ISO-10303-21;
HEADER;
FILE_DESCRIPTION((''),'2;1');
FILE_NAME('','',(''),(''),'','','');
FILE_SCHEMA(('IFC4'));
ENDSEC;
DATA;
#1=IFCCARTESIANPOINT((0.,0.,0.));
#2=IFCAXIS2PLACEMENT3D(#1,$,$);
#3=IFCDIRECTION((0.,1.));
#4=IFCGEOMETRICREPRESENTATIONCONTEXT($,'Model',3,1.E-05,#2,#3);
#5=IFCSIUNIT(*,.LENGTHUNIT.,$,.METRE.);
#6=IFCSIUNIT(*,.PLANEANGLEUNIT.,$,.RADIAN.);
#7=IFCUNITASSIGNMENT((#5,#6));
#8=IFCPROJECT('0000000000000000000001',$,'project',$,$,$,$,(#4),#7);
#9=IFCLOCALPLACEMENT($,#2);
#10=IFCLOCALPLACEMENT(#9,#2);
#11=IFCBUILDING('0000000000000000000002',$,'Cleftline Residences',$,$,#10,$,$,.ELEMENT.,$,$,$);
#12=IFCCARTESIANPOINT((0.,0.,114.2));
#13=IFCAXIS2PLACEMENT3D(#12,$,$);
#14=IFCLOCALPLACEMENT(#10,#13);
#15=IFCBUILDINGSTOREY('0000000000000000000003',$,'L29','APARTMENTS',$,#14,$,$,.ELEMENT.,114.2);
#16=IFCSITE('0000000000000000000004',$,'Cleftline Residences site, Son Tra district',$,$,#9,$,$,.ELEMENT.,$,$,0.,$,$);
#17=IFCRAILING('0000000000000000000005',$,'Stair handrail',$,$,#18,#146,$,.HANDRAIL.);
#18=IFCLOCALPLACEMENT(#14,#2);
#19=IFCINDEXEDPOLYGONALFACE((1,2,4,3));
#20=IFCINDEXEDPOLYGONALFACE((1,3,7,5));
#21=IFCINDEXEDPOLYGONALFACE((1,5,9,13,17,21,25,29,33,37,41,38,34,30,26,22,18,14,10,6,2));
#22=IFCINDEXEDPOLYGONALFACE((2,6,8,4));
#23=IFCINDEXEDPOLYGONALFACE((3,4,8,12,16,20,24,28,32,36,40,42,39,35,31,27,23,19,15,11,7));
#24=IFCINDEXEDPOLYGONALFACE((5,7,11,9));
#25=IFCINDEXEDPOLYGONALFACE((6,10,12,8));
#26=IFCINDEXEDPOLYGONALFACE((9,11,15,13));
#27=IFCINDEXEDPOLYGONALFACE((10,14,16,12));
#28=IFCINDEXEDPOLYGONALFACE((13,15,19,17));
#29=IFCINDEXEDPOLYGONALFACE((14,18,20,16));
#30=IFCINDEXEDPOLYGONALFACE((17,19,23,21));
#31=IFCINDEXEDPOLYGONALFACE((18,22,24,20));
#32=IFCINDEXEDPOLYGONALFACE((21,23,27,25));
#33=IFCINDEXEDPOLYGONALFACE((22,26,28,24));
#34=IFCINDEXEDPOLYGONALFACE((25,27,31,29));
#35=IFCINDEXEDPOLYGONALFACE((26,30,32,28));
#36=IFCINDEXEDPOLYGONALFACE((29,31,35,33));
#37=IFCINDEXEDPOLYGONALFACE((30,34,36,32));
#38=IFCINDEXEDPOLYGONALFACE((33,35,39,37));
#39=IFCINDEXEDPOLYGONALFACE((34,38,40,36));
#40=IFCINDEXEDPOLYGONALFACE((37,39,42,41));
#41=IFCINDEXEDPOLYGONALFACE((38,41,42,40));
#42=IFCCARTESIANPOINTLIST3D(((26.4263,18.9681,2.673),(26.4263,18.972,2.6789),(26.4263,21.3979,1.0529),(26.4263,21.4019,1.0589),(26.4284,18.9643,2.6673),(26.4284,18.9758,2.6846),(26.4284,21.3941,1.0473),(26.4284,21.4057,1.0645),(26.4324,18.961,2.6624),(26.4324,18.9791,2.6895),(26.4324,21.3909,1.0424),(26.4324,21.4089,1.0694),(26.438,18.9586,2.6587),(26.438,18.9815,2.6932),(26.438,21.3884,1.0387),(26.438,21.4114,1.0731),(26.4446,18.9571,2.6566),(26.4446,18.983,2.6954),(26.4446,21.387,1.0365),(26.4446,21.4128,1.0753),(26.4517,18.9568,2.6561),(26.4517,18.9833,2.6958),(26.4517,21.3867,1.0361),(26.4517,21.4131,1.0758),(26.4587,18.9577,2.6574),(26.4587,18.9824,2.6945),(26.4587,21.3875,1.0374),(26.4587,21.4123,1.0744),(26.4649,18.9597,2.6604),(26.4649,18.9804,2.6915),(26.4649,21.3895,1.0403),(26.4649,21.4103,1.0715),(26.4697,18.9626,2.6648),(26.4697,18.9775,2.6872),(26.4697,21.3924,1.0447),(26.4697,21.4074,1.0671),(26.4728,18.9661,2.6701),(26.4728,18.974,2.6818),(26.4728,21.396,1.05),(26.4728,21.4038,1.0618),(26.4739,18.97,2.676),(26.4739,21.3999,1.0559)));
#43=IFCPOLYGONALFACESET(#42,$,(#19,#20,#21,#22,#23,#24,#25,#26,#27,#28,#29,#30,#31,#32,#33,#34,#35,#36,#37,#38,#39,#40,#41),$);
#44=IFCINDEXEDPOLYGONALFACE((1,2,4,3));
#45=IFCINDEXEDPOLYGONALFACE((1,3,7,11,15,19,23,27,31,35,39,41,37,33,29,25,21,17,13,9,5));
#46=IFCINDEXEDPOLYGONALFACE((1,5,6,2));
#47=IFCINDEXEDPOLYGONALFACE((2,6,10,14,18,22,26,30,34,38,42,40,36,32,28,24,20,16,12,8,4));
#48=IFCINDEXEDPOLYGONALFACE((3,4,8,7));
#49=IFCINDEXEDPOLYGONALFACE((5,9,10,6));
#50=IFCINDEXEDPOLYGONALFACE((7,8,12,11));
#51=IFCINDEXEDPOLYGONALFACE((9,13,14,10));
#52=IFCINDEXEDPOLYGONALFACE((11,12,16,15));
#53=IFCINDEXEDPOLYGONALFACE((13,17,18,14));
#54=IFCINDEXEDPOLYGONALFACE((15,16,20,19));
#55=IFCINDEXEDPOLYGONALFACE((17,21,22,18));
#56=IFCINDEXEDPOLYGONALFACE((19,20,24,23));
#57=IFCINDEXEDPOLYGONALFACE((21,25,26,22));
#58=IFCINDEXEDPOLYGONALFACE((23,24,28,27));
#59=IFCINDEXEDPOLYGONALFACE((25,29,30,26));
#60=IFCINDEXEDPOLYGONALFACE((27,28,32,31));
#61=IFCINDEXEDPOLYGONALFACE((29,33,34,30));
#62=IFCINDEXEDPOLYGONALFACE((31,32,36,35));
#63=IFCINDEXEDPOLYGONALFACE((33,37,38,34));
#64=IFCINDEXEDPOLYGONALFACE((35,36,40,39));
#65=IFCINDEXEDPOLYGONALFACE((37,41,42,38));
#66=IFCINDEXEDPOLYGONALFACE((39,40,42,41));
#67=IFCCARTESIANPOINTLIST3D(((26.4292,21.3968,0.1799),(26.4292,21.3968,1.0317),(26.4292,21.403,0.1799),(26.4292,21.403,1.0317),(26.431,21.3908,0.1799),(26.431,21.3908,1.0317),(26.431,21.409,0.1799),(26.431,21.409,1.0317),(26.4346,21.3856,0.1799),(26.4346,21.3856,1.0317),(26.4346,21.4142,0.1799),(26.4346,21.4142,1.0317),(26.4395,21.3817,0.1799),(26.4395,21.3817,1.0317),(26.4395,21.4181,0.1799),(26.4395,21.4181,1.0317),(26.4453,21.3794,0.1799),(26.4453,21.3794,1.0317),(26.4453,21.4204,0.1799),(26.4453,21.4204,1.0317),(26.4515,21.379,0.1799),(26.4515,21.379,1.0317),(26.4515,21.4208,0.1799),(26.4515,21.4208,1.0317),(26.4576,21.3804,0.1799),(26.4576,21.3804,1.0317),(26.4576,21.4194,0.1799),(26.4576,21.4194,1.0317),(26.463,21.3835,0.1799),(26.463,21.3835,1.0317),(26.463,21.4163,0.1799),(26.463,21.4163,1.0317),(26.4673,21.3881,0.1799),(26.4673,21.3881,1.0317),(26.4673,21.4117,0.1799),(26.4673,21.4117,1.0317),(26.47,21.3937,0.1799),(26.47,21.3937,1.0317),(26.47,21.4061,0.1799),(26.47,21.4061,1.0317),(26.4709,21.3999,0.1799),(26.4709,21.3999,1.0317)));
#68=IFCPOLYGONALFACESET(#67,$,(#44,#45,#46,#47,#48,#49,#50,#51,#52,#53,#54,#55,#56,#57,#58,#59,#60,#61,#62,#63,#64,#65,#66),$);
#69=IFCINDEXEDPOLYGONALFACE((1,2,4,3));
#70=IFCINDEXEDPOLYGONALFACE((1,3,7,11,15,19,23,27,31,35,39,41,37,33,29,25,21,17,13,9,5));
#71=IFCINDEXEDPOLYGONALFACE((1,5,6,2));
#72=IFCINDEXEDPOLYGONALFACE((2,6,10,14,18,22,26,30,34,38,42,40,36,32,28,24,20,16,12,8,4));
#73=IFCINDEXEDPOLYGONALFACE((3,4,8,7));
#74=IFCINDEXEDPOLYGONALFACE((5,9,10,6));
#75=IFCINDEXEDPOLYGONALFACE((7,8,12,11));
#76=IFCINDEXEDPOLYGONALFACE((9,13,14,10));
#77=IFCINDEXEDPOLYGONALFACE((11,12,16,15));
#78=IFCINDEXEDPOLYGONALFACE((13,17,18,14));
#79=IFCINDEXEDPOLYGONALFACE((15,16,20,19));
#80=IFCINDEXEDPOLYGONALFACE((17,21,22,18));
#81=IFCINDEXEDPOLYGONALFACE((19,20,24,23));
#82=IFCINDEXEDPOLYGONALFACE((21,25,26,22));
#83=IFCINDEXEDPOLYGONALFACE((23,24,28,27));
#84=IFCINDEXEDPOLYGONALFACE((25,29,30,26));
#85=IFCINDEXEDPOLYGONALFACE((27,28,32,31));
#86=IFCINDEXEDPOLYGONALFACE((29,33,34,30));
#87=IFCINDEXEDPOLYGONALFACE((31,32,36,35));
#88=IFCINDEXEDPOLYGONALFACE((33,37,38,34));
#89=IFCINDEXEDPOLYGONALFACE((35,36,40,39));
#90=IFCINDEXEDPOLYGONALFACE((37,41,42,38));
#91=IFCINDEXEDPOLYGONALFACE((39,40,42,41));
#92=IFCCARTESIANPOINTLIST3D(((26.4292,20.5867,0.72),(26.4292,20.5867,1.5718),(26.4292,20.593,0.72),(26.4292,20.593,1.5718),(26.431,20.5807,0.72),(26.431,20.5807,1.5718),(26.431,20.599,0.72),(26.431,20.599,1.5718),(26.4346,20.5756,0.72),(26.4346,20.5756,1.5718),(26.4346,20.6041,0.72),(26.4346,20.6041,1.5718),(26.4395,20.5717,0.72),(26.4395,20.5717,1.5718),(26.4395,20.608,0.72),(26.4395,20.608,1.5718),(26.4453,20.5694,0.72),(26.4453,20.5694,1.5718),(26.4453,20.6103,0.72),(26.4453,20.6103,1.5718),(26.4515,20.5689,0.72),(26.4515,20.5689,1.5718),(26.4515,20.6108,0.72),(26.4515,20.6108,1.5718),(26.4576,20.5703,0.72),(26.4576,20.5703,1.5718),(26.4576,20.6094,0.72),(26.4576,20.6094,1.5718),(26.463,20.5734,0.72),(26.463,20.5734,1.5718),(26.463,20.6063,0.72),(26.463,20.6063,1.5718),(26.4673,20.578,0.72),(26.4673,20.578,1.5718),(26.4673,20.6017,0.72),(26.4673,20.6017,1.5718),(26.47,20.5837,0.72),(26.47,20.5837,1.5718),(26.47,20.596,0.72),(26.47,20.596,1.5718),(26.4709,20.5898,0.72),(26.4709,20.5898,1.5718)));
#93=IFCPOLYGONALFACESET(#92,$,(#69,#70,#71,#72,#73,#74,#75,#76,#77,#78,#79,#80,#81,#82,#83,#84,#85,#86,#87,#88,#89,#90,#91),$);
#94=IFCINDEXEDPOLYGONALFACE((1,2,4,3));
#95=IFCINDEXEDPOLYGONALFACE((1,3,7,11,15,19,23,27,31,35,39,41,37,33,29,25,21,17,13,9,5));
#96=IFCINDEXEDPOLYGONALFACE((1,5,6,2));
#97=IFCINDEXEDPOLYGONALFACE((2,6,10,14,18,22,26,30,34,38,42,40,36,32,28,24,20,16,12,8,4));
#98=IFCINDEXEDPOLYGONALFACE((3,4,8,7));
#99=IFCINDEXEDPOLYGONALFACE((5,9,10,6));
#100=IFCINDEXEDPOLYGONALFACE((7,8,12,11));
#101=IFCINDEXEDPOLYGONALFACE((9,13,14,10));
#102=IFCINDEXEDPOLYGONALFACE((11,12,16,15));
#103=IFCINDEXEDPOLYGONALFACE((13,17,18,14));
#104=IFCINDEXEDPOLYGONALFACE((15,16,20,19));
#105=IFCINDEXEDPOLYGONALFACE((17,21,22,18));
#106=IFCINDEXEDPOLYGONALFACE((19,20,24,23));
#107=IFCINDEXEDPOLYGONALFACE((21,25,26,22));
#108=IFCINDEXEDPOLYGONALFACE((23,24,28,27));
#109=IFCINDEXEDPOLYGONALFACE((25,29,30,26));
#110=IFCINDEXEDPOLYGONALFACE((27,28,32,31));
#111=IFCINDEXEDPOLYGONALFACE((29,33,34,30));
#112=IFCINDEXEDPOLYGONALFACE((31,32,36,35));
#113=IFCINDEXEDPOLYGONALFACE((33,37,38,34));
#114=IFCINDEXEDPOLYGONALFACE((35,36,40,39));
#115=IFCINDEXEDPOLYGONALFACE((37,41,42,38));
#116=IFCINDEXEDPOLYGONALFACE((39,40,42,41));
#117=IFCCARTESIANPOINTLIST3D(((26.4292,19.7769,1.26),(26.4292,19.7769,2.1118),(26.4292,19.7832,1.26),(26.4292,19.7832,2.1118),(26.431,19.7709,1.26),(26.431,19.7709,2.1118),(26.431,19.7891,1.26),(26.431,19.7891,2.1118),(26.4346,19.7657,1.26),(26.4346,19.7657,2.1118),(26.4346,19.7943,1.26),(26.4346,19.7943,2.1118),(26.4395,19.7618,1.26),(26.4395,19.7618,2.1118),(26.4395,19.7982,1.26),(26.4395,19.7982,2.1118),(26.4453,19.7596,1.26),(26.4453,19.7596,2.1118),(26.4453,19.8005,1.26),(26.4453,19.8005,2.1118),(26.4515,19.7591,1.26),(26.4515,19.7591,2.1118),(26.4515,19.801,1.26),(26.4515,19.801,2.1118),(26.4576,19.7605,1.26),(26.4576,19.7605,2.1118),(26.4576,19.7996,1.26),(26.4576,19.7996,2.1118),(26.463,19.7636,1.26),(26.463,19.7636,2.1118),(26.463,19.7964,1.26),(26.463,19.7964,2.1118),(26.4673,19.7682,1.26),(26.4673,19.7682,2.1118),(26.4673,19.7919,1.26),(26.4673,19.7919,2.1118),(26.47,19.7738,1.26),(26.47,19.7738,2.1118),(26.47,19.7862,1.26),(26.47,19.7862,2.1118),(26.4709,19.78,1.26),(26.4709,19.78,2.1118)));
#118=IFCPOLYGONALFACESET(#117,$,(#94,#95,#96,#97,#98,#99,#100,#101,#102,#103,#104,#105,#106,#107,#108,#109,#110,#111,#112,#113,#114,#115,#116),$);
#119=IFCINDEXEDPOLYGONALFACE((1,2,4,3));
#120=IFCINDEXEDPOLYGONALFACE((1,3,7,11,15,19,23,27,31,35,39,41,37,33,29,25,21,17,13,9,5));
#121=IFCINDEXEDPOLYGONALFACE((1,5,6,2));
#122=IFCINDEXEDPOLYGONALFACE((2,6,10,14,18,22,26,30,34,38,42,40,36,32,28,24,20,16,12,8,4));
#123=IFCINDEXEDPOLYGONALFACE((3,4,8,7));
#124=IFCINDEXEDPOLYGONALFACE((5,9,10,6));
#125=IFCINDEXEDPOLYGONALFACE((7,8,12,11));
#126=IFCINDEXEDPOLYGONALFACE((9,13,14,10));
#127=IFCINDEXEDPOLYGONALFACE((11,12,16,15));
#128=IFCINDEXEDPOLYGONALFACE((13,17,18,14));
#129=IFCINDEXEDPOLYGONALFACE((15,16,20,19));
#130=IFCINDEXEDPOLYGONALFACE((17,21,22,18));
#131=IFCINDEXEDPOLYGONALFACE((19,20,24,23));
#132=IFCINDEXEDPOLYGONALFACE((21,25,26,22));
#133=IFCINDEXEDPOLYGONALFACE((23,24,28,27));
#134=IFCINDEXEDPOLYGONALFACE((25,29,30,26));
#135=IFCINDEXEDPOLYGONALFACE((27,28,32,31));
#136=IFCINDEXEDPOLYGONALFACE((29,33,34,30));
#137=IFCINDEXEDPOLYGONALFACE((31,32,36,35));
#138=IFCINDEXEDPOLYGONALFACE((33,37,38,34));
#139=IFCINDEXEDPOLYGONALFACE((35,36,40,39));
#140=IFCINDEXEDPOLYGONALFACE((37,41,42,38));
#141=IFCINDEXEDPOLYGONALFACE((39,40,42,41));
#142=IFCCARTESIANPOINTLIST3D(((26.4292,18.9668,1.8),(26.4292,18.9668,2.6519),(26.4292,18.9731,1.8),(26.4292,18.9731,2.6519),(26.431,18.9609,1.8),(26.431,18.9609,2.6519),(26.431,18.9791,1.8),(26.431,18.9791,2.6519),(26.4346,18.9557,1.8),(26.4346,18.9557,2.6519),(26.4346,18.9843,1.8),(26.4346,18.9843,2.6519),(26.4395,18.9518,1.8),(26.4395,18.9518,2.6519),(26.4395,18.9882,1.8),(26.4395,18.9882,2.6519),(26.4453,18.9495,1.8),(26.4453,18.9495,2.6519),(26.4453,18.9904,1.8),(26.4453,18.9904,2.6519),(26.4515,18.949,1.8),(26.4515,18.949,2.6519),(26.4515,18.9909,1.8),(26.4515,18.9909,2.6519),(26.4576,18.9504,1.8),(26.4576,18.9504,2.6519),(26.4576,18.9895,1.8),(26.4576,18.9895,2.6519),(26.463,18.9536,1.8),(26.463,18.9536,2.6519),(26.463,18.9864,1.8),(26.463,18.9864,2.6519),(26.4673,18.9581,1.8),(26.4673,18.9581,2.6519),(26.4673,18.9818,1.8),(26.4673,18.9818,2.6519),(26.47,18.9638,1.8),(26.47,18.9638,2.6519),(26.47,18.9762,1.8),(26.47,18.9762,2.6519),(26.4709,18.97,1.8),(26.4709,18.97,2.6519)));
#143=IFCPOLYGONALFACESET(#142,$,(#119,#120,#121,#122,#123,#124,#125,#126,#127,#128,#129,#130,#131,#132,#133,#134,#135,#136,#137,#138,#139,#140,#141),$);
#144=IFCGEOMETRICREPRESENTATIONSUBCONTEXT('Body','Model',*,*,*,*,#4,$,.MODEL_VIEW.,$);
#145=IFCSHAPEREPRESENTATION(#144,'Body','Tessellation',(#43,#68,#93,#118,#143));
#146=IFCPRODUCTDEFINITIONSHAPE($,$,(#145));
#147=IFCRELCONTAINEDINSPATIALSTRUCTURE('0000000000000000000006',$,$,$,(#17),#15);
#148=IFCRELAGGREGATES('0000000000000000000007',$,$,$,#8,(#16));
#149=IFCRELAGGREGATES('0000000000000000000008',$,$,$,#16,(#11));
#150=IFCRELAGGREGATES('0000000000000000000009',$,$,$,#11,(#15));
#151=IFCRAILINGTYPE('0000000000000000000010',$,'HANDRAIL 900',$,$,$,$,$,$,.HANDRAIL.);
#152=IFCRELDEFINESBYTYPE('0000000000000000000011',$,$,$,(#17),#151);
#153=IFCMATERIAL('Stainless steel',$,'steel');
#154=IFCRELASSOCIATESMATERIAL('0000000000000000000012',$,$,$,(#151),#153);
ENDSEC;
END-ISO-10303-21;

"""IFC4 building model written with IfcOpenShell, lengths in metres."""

from ifc_helpers import new_model, si_unit, direction, frame, origin, origin_2d, place, context, subcontext, project, spatial, circle, extrude, material, type_object, element, save


model = new_model("IFC4")

# Units and contexts
model_context = context("Model", 3, precision=1e-05, world=origin(), true_north=direction((0.0, 1.0)))
body_context = subcontext(model_context, "Body", "Model", "MODEL_VIEW")
ifc_project = project(units=[si_unit("LENGTHUNIT", "METRE"), si_unit("PLANEANGLEUNIT", "RADIAN")], contexts=[model_context])

# Site, building, storey
site_placement = place(None, origin())
site = spatial("IfcSite", under=ifc_project, at=site_placement, Name="Cleftline Residences site, Son Tra district", CompositionType="ELEMENT", RefElevation=0.0)
building_placement = place(site_placement, origin())
building = spatial("IfcBuilding", under=site, at=building_placement, Name="Cleftline Residences", CompositionType="ELEMENT")
storey_placement = place(building_placement, frame((0.0, 0.0, 114.2)))
storey = spatial("IfcBuildingStorey", under=building, at=storey_placement, Name="L29", Description="APARTMENTS", CompositionType="ELEMENT", Elevation=114.2)

# Railing
ifc_material_1 = material(Name="Stainless steel", Category="steel")
railing_type = type_object("IfcRailingType", Name="HANDRAIL 900", PredefinedType="HANDRAIL", material=ifc_material_1)
railing_1_placement = place(storey_placement, frame((26.45, 21.3999, 0.1799)))
element("IfcRailing", 1, at=railing_1_placement, inside=storey, type_object=railing_type, Name="Stair handrail", PredefinedType="HANDRAIL", context=body_context, shape_type="SweptSolid", body=[
    extrude(circle(Radius=0.0239, at=origin_2d()), frame((0.0, 0.0, 0.876), z_axis=(0.0, -0.832025, 0.554739), x_axis=(1.0, 0.0, 0.0)), (0.0, 0.0, 1.0), 2.9204),
    extrude(circle(Radius=0.021, at=origin_2d()), origin(), (0.0, 0.0, 1.0), 0.8518),
    extrude(circle(Radius=0.021, at=origin_2d()), frame((0.0, -0.8101, 0.54)), (0.0, 0.0, 1.0), 0.8518),
    extrude(circle(Radius=0.021, at=origin_2d()), frame((0.0, -1.6199, 1.0801)), (0.0, 0.0, 1.0), 0.8518),
    extrude(circle(Radius=0.021, at=origin_2d()), frame((0.0, -2.4299, 1.6201)), (0.0, 0.0, 1.0), 0.8518),
])

save(model, "model.ifc")
